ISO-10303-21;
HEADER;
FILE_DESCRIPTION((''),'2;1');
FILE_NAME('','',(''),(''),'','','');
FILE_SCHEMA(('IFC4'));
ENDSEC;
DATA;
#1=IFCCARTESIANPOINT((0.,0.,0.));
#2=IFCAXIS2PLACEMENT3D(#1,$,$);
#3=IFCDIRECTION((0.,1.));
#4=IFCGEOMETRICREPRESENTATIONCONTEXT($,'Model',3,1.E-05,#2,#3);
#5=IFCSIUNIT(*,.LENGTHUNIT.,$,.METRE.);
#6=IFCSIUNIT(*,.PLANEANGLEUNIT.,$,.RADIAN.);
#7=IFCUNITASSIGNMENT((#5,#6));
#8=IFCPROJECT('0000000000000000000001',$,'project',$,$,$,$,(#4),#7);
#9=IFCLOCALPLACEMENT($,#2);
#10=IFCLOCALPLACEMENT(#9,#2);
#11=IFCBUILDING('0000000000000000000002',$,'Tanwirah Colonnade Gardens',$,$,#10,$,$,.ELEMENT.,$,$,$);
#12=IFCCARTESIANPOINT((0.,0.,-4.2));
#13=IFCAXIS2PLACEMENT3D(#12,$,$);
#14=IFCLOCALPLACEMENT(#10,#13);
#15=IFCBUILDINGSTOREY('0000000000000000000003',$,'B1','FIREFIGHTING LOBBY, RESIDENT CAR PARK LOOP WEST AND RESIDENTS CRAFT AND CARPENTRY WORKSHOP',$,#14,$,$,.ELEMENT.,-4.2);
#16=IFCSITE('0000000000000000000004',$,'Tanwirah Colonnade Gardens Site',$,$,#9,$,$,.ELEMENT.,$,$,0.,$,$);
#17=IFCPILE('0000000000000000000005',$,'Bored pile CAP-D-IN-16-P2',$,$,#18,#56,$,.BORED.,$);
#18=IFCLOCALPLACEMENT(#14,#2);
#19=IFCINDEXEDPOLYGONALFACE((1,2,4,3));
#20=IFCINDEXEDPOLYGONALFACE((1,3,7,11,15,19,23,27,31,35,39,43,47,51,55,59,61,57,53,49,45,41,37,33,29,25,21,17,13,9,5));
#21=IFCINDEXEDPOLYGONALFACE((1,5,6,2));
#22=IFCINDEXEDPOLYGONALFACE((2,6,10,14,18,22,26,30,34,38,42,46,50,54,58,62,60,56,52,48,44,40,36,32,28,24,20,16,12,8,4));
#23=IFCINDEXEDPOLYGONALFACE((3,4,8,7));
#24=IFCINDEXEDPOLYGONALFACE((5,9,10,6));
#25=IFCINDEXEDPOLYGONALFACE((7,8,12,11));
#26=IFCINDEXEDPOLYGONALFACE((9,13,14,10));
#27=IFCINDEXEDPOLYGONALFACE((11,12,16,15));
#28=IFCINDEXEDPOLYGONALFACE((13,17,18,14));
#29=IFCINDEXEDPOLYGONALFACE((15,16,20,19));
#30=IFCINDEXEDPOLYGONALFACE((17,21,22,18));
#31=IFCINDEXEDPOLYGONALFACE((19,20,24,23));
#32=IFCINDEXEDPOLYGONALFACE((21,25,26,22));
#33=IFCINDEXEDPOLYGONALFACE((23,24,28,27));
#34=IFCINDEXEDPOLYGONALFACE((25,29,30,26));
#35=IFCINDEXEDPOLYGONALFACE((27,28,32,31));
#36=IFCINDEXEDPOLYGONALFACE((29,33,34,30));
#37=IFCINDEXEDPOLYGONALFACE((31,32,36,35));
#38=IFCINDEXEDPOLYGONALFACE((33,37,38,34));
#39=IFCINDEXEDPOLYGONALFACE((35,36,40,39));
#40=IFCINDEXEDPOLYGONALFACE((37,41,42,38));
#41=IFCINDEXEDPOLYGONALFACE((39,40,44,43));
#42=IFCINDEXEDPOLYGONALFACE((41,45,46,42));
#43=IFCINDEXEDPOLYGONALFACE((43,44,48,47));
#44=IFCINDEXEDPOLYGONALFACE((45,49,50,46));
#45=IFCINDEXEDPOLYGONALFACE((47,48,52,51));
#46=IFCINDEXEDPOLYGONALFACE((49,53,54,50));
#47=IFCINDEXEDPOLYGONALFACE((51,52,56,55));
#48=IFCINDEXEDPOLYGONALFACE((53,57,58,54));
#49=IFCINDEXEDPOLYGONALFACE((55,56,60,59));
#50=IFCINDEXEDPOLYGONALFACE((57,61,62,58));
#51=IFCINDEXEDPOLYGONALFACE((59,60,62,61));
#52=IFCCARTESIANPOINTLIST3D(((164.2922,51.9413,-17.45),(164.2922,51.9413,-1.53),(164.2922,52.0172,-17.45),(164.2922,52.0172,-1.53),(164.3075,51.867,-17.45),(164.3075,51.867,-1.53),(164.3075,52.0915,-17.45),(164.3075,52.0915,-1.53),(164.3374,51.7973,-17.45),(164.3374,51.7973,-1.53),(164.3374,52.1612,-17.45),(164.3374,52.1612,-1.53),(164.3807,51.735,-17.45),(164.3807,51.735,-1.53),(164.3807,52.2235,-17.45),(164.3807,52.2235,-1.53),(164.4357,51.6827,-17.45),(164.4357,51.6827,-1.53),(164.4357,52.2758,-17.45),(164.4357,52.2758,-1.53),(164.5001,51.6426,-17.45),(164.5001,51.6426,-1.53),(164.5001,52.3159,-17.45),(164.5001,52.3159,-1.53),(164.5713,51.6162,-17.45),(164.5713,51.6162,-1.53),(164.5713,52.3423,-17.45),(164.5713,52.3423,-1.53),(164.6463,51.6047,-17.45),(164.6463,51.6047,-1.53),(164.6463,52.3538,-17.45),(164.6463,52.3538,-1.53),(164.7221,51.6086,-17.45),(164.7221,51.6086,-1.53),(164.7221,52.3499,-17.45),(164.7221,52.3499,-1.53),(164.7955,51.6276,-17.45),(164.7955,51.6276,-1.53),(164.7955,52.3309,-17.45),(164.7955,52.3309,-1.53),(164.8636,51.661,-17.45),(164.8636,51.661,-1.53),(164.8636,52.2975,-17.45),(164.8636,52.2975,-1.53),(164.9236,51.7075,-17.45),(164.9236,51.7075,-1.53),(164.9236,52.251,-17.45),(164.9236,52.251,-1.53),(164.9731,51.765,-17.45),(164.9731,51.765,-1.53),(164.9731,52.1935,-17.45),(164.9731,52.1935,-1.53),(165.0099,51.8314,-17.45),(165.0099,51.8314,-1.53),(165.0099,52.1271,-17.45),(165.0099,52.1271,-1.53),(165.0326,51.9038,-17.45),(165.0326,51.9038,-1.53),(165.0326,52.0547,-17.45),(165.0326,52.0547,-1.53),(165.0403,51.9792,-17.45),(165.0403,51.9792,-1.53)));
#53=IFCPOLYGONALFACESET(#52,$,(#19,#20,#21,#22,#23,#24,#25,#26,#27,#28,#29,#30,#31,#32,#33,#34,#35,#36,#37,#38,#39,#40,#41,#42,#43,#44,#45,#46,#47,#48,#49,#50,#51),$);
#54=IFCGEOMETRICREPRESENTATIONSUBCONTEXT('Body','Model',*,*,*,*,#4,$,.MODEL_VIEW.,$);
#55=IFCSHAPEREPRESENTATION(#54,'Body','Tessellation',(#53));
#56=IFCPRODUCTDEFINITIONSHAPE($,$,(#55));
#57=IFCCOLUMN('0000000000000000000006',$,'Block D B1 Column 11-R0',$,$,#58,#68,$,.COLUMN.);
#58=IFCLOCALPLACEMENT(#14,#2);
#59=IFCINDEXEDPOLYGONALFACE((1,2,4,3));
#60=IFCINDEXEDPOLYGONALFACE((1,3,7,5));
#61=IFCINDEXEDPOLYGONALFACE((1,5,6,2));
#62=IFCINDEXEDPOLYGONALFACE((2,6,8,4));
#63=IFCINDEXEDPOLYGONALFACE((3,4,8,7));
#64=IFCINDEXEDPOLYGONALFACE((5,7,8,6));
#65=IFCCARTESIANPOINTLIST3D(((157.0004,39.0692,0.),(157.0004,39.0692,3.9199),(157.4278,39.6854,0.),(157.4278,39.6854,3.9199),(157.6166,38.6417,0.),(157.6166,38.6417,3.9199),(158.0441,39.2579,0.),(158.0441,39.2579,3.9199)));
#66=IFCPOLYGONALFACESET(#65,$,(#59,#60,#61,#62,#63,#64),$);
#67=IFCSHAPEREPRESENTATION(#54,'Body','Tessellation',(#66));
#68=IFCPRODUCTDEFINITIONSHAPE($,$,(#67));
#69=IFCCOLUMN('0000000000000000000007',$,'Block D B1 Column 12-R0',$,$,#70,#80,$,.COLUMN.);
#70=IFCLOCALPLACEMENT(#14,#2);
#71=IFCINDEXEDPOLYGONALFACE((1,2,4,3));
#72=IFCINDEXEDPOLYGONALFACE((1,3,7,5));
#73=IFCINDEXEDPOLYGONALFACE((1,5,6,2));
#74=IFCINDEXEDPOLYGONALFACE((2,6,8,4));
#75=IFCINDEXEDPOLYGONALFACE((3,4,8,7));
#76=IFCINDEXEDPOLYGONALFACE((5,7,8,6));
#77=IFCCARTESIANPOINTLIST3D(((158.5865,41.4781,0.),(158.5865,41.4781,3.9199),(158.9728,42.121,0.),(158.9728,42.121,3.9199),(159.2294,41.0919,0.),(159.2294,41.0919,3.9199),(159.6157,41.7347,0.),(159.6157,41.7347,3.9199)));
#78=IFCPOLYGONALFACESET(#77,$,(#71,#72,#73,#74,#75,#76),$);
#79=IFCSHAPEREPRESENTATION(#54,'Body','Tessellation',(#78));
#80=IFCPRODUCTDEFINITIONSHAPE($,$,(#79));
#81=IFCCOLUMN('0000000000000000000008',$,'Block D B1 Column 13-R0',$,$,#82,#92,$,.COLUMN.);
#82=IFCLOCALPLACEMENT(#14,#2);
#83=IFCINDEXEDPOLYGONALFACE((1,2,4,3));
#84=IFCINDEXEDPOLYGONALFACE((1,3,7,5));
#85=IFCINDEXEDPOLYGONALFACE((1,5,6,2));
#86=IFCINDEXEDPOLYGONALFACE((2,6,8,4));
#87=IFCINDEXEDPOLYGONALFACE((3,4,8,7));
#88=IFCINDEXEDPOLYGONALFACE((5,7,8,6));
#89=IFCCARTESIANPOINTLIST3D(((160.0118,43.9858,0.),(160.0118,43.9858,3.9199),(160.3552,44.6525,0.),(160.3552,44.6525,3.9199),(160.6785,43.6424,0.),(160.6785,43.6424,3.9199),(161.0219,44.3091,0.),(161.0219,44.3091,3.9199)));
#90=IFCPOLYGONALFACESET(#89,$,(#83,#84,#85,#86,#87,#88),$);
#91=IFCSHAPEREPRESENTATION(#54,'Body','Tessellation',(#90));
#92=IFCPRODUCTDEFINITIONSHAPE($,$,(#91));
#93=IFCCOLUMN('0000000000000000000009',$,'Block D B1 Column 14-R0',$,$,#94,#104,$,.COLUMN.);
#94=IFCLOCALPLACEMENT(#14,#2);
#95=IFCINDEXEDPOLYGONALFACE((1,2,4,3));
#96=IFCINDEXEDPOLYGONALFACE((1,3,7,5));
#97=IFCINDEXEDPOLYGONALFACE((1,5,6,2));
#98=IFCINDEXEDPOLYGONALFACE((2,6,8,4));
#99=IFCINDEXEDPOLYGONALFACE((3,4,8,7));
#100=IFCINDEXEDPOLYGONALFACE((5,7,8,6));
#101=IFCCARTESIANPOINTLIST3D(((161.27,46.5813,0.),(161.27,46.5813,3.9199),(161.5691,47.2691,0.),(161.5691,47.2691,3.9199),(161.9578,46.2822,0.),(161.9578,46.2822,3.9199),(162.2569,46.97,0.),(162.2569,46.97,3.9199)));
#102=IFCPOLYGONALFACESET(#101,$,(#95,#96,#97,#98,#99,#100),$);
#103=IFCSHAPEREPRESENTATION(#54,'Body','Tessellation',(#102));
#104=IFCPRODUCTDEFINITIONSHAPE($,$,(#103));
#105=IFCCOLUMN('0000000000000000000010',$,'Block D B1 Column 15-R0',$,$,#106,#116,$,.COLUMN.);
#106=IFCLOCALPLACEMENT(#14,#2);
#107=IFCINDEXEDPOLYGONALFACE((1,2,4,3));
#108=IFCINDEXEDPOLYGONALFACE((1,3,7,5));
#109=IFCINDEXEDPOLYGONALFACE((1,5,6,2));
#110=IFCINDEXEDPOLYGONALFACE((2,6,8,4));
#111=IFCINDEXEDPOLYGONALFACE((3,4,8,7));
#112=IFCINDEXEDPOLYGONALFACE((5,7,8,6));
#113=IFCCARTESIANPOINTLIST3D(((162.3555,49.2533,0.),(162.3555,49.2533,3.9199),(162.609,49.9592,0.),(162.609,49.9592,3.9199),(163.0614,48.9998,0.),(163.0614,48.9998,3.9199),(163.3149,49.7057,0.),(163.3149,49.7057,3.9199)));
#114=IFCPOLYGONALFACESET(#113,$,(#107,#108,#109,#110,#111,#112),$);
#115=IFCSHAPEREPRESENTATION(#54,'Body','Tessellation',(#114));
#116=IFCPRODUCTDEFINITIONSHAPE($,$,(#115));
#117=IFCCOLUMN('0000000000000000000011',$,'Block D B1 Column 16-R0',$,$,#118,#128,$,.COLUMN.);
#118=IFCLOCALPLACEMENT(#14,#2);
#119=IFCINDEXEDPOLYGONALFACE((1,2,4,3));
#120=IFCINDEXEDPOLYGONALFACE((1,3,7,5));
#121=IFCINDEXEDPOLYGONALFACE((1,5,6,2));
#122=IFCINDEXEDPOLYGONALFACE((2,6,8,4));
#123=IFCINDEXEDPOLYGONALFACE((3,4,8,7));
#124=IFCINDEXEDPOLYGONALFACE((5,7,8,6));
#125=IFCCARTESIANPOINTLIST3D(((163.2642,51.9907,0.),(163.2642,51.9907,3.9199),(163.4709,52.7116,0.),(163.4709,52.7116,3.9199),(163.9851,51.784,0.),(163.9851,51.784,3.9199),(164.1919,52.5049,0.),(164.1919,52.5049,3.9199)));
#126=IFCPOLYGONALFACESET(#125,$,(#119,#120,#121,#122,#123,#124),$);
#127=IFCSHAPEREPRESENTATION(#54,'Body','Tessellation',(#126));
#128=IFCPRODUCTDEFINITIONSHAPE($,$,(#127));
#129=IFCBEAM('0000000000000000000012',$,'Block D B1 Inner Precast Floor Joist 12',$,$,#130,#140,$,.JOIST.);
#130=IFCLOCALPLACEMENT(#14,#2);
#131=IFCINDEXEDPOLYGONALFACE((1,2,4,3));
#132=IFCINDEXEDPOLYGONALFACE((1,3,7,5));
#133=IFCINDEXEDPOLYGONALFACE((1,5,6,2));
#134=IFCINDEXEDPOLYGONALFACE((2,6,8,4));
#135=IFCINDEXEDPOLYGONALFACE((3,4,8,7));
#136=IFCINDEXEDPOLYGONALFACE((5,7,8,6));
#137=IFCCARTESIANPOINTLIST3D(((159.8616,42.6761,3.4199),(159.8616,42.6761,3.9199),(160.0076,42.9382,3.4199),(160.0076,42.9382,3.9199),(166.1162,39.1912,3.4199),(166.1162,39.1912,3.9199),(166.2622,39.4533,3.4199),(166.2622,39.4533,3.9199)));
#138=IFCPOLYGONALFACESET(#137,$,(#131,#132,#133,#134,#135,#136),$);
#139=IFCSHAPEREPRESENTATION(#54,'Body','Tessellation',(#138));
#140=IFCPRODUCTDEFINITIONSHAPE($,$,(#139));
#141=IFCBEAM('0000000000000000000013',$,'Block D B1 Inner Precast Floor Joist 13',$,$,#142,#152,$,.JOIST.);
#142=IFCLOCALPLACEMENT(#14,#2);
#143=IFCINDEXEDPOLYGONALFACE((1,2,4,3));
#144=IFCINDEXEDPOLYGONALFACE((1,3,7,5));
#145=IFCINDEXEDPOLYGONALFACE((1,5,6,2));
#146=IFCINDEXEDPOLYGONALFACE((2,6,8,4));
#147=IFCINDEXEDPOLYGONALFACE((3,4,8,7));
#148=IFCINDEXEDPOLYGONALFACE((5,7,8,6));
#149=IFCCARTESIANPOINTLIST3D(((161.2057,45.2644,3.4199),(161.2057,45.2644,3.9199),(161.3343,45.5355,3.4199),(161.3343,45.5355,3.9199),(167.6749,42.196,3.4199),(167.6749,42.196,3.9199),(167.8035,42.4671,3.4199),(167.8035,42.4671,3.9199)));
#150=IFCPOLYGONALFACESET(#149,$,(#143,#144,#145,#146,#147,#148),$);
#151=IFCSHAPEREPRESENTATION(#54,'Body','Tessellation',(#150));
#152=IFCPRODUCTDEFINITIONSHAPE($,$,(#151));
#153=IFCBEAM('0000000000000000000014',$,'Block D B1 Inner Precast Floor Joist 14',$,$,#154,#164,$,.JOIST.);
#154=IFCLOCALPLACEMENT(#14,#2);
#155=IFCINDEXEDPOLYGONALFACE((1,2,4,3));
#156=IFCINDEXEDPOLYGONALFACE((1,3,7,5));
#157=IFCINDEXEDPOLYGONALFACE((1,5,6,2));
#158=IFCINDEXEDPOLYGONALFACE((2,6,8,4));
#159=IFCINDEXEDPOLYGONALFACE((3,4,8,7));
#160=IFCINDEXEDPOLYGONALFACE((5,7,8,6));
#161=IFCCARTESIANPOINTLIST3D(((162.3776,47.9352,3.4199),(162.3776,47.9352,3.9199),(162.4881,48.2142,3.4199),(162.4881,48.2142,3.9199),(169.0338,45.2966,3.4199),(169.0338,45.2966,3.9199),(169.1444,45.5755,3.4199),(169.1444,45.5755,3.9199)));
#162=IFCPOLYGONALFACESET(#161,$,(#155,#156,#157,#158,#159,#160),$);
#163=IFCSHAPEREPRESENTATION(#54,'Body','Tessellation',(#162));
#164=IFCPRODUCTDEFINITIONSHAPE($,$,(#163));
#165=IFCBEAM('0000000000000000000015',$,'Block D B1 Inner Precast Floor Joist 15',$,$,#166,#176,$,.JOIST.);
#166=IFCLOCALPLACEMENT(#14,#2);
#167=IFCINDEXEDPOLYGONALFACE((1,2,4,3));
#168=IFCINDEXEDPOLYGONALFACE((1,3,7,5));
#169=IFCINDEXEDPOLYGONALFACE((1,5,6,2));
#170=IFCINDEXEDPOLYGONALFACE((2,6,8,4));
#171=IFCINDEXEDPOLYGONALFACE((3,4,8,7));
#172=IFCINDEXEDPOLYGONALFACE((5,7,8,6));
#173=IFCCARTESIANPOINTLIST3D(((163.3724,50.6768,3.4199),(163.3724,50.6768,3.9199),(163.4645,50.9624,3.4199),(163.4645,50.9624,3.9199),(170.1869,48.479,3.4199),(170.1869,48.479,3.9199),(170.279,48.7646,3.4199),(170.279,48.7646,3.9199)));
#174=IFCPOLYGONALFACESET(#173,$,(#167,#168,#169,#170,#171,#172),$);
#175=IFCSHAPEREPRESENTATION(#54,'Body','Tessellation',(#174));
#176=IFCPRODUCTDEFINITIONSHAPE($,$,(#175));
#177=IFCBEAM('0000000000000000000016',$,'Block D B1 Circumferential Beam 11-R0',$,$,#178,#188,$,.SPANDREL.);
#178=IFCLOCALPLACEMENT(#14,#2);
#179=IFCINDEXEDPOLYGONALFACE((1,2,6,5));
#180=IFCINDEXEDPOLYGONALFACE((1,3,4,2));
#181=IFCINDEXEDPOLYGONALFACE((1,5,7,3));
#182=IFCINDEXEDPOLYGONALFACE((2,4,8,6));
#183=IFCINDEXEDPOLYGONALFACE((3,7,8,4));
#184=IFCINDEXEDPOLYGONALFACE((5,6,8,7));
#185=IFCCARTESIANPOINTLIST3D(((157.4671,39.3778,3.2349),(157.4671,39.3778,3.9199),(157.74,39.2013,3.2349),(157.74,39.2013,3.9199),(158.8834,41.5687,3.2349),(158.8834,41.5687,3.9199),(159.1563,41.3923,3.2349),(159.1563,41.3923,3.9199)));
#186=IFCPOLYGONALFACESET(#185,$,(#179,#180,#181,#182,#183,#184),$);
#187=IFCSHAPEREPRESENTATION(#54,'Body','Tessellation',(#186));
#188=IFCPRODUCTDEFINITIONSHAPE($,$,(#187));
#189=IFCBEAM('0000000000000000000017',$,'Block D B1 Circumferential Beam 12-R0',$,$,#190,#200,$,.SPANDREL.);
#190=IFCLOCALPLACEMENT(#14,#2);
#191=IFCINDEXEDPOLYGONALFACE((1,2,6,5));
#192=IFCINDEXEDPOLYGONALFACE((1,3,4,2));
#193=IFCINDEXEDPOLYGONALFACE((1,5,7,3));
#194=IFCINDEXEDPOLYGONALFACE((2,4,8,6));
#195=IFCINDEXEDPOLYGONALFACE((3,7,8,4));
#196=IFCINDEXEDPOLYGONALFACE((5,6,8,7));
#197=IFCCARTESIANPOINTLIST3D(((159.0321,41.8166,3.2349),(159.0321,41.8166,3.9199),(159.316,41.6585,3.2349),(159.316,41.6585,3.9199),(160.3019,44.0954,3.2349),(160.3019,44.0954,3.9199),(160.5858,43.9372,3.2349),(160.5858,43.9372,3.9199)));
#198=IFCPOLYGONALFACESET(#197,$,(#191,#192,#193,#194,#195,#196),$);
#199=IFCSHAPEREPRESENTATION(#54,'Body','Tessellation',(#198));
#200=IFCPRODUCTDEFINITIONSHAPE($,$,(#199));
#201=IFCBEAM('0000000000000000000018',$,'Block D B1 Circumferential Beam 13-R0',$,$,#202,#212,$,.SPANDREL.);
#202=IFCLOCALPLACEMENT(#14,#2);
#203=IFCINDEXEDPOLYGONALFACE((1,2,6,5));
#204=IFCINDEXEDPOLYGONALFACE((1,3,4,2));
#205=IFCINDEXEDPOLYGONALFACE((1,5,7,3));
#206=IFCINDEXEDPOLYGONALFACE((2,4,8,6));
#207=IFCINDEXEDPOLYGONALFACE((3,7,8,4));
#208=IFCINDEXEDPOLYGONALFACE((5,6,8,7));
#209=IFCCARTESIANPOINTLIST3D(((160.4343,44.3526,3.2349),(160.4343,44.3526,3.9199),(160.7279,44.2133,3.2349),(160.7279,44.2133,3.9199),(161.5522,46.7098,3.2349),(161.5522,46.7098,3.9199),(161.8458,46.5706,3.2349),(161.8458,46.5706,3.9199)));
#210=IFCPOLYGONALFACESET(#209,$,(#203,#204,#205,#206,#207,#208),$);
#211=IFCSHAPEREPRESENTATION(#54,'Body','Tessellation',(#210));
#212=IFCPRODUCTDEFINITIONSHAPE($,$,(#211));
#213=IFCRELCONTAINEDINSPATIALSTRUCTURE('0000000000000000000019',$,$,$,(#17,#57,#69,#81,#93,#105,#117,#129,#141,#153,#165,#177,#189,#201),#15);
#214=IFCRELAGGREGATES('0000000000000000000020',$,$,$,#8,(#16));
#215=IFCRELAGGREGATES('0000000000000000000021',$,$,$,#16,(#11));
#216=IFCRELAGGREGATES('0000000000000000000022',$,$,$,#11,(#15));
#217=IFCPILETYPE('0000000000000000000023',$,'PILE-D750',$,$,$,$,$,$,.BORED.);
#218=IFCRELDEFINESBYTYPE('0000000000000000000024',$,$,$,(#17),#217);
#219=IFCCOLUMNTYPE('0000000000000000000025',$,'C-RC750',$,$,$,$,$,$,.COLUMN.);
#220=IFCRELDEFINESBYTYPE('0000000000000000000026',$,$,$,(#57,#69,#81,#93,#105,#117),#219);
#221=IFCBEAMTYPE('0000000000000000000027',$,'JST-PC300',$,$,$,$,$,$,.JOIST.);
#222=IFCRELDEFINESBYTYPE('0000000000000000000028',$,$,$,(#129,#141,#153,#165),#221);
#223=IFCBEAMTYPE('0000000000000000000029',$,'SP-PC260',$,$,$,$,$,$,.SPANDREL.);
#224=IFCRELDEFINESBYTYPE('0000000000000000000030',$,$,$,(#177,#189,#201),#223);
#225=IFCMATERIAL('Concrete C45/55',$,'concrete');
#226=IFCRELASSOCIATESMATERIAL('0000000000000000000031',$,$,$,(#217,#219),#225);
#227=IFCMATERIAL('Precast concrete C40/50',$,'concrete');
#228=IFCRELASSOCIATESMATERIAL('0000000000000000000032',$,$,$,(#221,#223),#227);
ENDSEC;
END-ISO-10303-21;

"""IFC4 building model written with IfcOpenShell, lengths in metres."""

from ifc_helpers import new_model, si_unit, direction, frame, origin, origin_2d, place, context, subcontext, project, spatial, rectangle, circle, extrude, material, material_profile, profile_set, type_object, element, save


model = new_model("IFC4")

# Units and contexts
model_context = context("Model", 3, precision=1e-05, world=origin(), true_north=direction((0.0, 1.0)))
body_context = subcontext(model_context, "Body", "Model", "MODEL_VIEW")
ifc_project = project(units=[si_unit("LENGTHUNIT", "METRE"), si_unit("PLANEANGLEUNIT", "RADIAN")], contexts=[model_context])

# Site, building, storey
site_placement = place(None, origin())
site = spatial("IfcSite", under=ifc_project, at=site_placement, Name="Tanwirah Colonnade Gardens Site", CompositionType="ELEMENT", RefElevation=0.0)
building_placement = place(site_placement, origin())
building = spatial("IfcBuilding", under=site, at=building_placement, Name="Tanwirah Colonnade Gardens", CompositionType="ELEMENT")
storey_placement = place(building_placement, frame((0.0, 0.0, -4.2)))
storey = spatial("IfcBuildingStorey", under=building, at=storey_placement, Name="B1", Description="FIREFIGHTING LOBBY, RESIDENT CAR PARK LOOP WEST AND RESIDENTS CRAFT AND CARPENTRY WORKSHOP", CompositionType="ELEMENT", Elevation=-4.2)

# Shared definitions
ifc_material_1 = material(Name="Concrete C45/55", Category="concrete")

# Pile
ifc_material_profile_1 = material_profile(ifc_material_1, circle(Radius=0.375, at=origin_2d()), Name="PILE D750")
ifc_profile_set_1 = profile_set([ifc_material_profile_1], Name="Concrete C45/55")
pile_type_1 = type_object("IfcPileType", Name="PILE-D750", PredefinedType="BORED", material=ifc_profile_set_1)
for number, where, z_axis, x_axis, name in (
    (1, (164.6653, 51.9792, -1.53), (0.0, 0.0, -1.0), (1.0, 0.0, 0.0), "Bored pile CAP-D-IN-16-P2"),
):
    element("IfcPile", number, at=place(storey_placement, frame(where, z_axis=z_axis, x_axis=x_axis)), inside=storey, type_object=pile_type_1, Name=name, PredefinedType="BORED", context=body_context, shape_type="SweptSolid", body=[
        extrude(circle(Radius=0.375, at=origin_2d()), origin(), (0.0, 0.0, 1.0), 15.9199),
    ])

# Columns
ifc_material_profile_2 = material_profile(ifc_material_1, rectangle(XDim=0.75, YDim=0.75, at=origin_2d()), Name="RC-COL 750x750")
ifc_profile_set_2 = profile_set([ifc_material_profile_2], Name="Concrete C45/55")
column_type = type_object("IfcColumnType", Name="C-RC750", PredefinedType="COLUMN", material=ifc_profile_set_2)
for number, where, z_axis, x_axis, name in (
    (2, (157.5222, 39.1636, 0.0), (0.0, 0.0, 1.0), (0.821647, -0.569997, 0.0), "Block D B1 Column 11-R0"),
    (3, (159.1011, 41.6064, 0.0), (0.0, 0.0, 1.0), (0.857167, -0.515038, 0.0), "Block D B1 Column 12-R0"),
    (4, (160.5168, 44.1475, 0.0), (0.0, 0.0, 1.0), (0.889017, -0.457874, 0.0), "Block D B1 Column 13-R0"),
    (5, (161.7634, 46.7756, 0.0), (0.0, 0.0, 1.0), (0.91706, -0.398749, 0.0), "Block D B1 Column 14-R0"),
    (6, (162.8352, 49.4795, 0.0), (0.0, 0.0, 1.0), (0.941176, -0.337917, 0.0), "Block D B1 Column 15-R0"),
    (7, (163.728, 52.2478, 0.0), (0.0, 0.0, 1.0), (0.961262, -0.275637, 0.0), "Block D B1 Column 16-R0"),
):
    element("IfcColumn", number, at=place(storey_placement, frame(where, z_axis=z_axis, x_axis=x_axis)), inside=storey, type_object=column_type, Name=name, PredefinedType="COLUMN", context=body_context, shape_type="SweptSolid", body=[
        extrude(rectangle(XDim=0.75, YDim=0.75, at=origin_2d()), origin(), (0.0, 0.0, 1.0), 3.9199),
    ])

# Beams
ifc_material_2 = material(Name="Precast concrete C40/50", Category="concrete")
ifc_material_profile_3 = material_profile(ifc_material_2, rectangle(XDim=0.3, YDim=0.5, at=origin_2d()), Name="PC-JST 300x500")
ifc_profile_set_3 = profile_set([ifc_material_profile_3], Name="Precast concrete C40/50")
beam_type_1 = type_object("IfcBeamType", Name="JST-PC300", PredefinedType="JOIST", material=ifc_profile_set_3)
for number, where, z_axis, x_axis, name in (
    (8, (159.9346, 42.8071, 3.6699), (0.87356, -0.486717, 0.0), (0.486717, 0.87356, 0.0), "Block D B1 Inner Precast Floor Joist 12"),
    (9, (161.27, 45.3999, 3.6699), (0.903522, -0.428541, 0.0), (0.428541, 0.903522, 0.0), "Block D B1 Inner Precast Floor Joist 13"),
):
    element("IfcBeam", number, at=place(storey_placement, frame(where, z_axis=z_axis, x_axis=x_axis)), inside=storey, type_object=beam_type_1, Name=name, PredefinedType="JOIST", context=body_context, shape_type="SweptSolid", body=[
        extrude(rectangle(XDim=0.3, YDim=0.5, at=origin_2d()), origin(), (0.0, 0.0, 1.0), 7.1599),
    ])
for number, where, z_axis, x_axis, name in (
    (10, (162.4329, 48.0747, 3.6699), (0.92962, -0.36852, 0.0), (0.36852, 0.92962, 0.0), "Block D B1 Inner Precast Floor Joist 14"),
    (11, (163.4185, 50.8196, 3.6699), (0.951727, -0.306945, 0.0), (0.306945, 0.951727, 0.0), "Block D B1 Inner Precast Floor Joist 15"),
):
    element("IfcBeam", number, at=place(storey_placement, frame(where, z_axis=z_axis, x_axis=x_axis)), inside=storey, type_object=beam_type_1, Name=name, PredefinedType="JOIST", context=body_context, shape_type="SweptSolid", body=[
        extrude(rectangle(XDim=0.3, YDim=0.5, at=origin_2d()), origin(), (0.0, 0.0, 1.0), 7.1602),
    ])
ifc_material_profile_4 = material_profile(ifc_material_2, rectangle(XDim=0.325, YDim=0.6851, at=origin_2d()), Name="PC-SP 325x685")
ifc_profile_set_4 = profile_set([ifc_material_profile_4], Name="Precast concrete C40/50")
beam_type_2 = type_object("IfcBeamType", Name="SP-PC260", PredefinedType="SPANDREL", material=ifc_profile_set_4)
beam_1_placement = place(storey_placement, frame((157.6035, 39.2896, 3.5774), z_axis=(0.542875, 0.839814, 0.0), x_axis=(-0.839814, 0.542875, 0.0)))
element("IfcBeam", 12, at=beam_1_placement, inside=storey, type_object=beam_type_2, Name="Block D B1 Circumferential Beam 11-R0", PredefinedType="SPANDREL", context=body_context, shape_type="SweptSolid", body=[
    extrude(rectangle(XDim=0.325, YDim=0.6851, at=origin_2d()), origin(), (0.0, 0.0, 1.0), 2.6089),
])
beam_2_placement = place(storey_placement, frame((159.1741, 41.7375, 3.5774), z_axis=(0.486747, 0.873543, 0.0), x_axis=(-0.873543, 0.486747, 0.0)))
element("IfcBeam", 13, at=beam_2_placement, inside=storey, type_object=beam_type_2, Name="Block D B1 Circumferential Beam 12-R0", PredefinedType="SPANDREL", context=body_context, shape_type="SweptSolid", body=[
    extrude(rectangle(XDim=0.325, YDim=0.6851, at=origin_2d()), origin(), (0.0, 0.0, 1.0), 2.6086),
])
beam_3_placement = place(storey_placement, frame((160.5811, 44.283, 3.5774), z_axis=(0.428513, 0.903536, 0.0), x_axis=(-0.903536, 0.428513, 0.0)))
element("IfcBeam", 14, at=beam_3_placement, inside=storey, type_object=beam_type_2, Name="Block D B1 Circumferential Beam 13-R0", PredefinedType="SPANDREL", context=body_context, shape_type="SweptSolid", body=[
    extrude(rectangle(XDim=0.325, YDim=0.6851, at=origin_2d()), origin(), (0.0, 0.0, 1.0), 2.6089),
])

save(model, "model.ifc")
